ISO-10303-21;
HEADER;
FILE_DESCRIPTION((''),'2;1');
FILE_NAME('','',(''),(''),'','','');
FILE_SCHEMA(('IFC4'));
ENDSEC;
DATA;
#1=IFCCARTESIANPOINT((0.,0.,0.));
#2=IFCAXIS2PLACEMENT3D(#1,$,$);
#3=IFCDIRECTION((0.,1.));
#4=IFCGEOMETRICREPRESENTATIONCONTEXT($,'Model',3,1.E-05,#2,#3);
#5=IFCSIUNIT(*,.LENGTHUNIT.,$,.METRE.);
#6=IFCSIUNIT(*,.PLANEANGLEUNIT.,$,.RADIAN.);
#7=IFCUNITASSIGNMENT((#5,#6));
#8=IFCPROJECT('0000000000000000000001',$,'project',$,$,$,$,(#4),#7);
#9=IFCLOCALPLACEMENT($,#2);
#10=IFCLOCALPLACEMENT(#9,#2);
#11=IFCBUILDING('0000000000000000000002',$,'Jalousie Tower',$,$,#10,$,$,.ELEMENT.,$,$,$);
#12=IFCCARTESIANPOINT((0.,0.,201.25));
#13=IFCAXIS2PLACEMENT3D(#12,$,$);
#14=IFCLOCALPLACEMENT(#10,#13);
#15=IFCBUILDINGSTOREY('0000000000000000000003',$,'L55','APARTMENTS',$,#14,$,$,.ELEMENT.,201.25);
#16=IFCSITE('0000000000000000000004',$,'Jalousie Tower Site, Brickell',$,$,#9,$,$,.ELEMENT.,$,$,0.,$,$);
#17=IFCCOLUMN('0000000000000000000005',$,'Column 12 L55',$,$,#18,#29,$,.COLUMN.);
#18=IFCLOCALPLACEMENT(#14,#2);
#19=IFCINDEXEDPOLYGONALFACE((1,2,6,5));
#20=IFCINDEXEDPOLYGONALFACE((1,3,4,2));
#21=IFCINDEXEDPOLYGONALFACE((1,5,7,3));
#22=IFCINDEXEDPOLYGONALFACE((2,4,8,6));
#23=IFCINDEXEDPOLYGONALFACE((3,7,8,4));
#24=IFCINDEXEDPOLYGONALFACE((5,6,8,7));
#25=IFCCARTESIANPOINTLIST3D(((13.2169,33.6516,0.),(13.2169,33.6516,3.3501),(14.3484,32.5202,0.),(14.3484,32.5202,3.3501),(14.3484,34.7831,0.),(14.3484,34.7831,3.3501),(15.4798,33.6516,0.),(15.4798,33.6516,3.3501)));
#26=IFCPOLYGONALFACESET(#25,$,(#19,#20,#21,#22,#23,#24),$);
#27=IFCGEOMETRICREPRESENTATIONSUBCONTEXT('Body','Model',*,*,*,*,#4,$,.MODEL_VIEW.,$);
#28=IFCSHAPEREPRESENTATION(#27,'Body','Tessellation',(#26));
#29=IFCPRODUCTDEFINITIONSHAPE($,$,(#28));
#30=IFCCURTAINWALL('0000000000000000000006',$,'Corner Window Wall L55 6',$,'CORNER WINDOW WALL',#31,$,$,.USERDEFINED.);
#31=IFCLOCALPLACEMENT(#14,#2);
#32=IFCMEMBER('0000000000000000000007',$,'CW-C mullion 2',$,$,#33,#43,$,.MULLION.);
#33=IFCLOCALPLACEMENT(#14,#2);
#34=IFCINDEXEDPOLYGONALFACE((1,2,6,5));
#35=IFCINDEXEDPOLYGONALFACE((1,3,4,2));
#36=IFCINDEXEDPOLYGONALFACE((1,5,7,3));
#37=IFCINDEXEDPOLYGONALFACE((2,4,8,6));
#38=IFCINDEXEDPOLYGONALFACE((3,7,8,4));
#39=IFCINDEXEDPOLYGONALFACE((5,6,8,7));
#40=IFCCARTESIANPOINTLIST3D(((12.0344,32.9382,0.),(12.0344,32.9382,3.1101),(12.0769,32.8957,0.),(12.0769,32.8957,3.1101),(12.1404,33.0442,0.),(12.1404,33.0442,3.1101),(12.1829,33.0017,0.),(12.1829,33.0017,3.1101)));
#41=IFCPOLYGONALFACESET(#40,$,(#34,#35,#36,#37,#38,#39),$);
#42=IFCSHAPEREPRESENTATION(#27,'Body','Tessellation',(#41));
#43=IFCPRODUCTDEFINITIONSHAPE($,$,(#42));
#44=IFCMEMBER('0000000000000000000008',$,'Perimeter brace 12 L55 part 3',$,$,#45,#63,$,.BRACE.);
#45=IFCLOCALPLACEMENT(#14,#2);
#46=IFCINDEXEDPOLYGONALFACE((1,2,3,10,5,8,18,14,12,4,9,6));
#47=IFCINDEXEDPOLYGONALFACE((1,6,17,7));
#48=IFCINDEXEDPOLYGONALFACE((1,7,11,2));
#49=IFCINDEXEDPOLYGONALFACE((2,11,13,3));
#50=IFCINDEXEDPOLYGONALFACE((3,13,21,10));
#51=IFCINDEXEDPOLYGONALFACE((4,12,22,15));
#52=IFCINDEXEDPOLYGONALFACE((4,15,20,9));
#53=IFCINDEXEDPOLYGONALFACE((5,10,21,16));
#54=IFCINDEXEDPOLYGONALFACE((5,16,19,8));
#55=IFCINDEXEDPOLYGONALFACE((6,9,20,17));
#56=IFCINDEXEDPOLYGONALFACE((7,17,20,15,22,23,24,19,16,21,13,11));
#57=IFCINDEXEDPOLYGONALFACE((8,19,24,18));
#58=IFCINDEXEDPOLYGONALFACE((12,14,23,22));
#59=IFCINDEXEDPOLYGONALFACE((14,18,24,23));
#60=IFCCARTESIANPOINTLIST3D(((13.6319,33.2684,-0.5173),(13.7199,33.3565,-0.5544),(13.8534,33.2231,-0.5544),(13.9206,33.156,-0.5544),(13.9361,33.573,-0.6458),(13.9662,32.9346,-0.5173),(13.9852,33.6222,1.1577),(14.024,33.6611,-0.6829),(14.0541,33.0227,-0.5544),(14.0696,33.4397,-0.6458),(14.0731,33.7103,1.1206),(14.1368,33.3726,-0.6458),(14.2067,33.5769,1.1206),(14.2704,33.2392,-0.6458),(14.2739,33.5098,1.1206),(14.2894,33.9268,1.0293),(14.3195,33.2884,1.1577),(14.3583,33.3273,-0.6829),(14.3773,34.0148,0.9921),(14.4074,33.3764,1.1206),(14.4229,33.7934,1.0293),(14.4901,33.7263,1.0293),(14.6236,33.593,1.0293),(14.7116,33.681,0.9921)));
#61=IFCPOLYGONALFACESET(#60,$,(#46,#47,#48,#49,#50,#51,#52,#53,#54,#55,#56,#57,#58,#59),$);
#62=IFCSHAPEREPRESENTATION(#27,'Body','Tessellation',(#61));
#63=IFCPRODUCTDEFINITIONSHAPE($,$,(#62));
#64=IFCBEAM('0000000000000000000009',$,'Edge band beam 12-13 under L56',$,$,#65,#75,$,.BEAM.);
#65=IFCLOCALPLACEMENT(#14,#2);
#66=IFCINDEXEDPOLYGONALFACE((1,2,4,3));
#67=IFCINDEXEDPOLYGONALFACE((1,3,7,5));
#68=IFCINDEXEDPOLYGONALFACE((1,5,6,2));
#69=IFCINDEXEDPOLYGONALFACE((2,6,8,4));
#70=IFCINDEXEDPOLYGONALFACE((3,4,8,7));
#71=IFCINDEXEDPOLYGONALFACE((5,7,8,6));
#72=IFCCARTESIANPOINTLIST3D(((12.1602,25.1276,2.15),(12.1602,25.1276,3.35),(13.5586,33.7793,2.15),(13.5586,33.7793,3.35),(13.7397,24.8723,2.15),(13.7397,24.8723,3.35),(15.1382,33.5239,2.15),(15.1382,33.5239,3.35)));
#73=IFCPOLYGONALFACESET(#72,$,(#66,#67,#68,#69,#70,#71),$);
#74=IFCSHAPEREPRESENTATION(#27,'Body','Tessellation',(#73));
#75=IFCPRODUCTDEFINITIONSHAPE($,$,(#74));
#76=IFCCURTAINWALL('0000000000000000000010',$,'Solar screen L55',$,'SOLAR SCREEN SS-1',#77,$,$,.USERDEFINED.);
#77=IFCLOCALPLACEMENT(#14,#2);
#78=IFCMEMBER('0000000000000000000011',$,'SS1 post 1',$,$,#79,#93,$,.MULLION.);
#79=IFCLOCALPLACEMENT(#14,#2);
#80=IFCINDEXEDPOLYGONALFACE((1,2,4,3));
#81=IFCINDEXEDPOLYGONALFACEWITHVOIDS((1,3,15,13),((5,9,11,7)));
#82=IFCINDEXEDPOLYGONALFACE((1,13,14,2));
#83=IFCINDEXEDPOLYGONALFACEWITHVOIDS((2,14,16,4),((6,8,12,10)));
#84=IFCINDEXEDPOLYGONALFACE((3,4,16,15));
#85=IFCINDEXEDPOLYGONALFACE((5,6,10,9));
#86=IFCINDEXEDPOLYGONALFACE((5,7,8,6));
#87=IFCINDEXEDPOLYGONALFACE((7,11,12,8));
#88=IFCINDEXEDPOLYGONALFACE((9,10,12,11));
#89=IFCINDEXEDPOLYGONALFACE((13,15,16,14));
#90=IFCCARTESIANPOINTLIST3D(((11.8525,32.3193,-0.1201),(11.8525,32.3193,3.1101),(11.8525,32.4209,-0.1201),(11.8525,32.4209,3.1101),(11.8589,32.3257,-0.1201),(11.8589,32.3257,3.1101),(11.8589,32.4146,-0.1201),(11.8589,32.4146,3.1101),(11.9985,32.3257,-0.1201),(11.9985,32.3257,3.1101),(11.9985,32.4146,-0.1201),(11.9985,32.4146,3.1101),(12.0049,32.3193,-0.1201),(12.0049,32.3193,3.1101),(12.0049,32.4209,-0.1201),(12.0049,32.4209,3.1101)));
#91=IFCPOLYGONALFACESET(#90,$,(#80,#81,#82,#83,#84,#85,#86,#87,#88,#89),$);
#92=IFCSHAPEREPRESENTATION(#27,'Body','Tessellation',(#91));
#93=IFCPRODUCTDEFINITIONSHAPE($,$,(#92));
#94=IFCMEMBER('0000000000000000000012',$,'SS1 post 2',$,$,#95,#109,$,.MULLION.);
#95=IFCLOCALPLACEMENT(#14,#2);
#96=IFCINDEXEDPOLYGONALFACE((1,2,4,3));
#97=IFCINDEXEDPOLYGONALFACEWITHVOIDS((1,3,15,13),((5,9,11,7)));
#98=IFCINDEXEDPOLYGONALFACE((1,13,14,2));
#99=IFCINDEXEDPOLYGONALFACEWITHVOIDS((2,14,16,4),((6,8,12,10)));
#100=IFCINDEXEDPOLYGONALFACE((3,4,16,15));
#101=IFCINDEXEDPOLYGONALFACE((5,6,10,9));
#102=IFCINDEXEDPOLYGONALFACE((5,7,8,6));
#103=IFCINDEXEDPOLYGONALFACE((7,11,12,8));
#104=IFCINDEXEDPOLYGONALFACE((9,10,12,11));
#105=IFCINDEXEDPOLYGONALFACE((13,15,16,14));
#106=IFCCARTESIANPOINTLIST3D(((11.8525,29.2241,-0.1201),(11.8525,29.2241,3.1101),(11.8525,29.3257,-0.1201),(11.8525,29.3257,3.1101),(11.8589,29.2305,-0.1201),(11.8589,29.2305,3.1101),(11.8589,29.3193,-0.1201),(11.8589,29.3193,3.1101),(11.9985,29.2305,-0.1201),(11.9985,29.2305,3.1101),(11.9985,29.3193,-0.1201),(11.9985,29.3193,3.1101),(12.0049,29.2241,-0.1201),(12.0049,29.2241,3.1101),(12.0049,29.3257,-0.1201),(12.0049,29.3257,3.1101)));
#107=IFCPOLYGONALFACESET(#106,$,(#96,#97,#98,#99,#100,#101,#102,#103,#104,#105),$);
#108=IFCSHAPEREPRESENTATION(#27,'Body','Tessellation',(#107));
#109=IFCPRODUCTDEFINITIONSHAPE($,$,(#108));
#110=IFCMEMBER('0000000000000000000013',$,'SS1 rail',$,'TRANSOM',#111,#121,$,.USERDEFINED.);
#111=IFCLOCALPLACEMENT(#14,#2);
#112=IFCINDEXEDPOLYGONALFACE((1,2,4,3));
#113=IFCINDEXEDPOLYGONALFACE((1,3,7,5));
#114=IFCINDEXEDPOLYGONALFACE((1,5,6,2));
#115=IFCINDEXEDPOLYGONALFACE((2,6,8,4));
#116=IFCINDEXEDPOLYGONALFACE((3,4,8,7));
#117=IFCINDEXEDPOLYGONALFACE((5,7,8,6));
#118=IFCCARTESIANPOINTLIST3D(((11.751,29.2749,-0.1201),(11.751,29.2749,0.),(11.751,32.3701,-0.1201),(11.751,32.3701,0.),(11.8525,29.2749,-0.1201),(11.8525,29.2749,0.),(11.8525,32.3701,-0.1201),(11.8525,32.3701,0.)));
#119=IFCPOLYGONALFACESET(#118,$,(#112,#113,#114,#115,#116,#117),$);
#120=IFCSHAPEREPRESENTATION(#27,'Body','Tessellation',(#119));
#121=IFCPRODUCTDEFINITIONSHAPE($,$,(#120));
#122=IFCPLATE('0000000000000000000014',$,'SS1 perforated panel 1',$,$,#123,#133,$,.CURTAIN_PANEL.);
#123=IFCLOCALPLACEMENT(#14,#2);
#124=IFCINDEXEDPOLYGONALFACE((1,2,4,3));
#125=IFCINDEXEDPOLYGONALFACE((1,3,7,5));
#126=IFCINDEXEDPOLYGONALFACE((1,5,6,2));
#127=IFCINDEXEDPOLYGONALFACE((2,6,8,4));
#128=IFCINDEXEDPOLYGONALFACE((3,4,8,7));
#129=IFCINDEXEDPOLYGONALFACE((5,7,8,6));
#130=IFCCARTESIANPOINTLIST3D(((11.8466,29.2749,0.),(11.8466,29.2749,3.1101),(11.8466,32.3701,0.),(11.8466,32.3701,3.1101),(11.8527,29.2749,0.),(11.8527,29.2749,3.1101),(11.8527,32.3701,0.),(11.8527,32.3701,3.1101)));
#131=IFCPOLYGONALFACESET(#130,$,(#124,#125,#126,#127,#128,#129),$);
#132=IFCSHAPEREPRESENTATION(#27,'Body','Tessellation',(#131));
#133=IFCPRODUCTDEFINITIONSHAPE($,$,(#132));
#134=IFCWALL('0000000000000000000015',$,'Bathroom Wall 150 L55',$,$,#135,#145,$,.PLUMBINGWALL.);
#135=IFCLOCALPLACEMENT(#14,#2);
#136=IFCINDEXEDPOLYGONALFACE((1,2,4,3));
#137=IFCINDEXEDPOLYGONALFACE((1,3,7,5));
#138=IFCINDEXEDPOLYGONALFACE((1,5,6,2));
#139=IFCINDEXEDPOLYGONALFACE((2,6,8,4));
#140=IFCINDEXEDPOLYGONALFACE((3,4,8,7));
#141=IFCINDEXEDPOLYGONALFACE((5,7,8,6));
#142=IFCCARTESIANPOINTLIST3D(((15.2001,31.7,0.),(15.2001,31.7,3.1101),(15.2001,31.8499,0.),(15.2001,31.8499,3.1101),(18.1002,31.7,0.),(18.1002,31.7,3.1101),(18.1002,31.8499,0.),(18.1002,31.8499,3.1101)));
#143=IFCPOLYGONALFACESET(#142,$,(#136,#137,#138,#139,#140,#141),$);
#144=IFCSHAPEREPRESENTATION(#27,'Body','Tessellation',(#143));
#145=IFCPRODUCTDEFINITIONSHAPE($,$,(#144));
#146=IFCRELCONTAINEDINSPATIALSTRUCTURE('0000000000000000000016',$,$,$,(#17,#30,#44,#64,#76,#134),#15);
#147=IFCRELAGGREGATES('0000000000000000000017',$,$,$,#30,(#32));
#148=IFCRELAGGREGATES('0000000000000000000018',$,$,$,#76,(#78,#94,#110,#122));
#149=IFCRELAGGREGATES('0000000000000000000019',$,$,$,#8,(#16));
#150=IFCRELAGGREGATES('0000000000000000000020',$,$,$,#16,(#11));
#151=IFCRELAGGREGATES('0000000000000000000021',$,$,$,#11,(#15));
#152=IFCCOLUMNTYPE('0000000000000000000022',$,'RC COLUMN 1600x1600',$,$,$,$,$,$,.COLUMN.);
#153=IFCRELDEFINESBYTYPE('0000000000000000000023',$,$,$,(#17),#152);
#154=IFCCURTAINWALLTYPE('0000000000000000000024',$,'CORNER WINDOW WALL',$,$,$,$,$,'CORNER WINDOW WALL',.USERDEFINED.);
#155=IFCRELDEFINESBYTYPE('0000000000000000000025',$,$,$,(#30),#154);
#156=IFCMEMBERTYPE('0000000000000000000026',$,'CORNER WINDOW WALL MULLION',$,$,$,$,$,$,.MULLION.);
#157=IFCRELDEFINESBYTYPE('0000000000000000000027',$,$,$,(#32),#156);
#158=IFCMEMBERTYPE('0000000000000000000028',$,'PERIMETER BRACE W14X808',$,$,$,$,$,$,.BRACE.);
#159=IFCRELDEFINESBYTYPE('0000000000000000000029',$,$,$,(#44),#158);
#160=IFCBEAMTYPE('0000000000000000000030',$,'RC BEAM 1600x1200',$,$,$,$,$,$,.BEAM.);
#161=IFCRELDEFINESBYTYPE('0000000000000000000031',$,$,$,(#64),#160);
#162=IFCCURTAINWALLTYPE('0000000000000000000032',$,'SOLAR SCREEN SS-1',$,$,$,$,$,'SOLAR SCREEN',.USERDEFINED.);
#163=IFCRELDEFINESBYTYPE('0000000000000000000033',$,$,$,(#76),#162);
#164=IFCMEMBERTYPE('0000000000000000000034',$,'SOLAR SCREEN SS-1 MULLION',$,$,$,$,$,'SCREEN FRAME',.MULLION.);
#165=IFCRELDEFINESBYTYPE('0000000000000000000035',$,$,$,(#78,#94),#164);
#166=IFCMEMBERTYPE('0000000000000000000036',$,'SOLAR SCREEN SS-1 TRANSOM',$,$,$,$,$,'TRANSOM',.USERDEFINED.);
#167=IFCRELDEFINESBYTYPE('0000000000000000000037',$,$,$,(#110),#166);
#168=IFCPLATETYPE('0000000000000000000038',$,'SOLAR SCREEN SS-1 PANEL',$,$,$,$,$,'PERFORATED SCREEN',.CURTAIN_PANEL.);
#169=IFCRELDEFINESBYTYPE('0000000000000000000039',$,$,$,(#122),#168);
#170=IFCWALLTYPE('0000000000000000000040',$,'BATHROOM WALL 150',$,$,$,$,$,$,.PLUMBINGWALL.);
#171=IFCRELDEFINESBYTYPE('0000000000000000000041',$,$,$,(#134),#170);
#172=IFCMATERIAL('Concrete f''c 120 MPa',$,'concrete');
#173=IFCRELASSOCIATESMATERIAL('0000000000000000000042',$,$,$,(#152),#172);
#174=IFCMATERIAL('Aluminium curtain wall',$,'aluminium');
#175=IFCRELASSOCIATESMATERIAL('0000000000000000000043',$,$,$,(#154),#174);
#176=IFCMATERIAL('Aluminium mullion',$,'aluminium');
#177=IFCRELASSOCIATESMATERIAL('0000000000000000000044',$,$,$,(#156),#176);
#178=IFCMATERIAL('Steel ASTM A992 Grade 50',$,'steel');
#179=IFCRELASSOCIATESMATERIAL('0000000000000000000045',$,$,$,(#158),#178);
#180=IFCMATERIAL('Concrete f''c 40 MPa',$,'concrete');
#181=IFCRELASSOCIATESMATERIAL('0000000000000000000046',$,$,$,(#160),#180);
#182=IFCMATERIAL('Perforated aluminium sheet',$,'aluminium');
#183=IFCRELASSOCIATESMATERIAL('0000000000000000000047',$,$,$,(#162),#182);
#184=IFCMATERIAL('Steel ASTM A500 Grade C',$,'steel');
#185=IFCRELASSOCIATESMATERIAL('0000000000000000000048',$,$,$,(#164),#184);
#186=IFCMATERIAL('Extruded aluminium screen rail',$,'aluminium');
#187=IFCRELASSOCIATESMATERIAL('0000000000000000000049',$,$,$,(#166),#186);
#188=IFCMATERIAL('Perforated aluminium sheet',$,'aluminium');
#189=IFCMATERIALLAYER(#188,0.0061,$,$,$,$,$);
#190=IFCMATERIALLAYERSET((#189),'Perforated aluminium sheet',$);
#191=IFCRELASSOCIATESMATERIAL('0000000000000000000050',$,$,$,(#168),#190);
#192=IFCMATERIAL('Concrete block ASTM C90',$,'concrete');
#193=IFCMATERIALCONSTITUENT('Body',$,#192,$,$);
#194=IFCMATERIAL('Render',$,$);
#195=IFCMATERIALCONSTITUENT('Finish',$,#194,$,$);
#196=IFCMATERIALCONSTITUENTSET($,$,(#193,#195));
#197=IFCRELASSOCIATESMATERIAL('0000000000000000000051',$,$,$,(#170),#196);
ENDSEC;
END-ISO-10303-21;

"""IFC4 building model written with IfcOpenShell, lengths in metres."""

from ifc_helpers import new_model, si_unit, direction, frame, frame_2d, origin, origin_2d, place, context, subcontext, project, spatial, rectangle, hollow_rectangle, i_section, extrude, material, layer, layer_set, constituent, constituent_set, material_profile, profile_set, type_object, element, aggregate, save


model = new_model("IFC4")

# Units and contexts
model_context = context("Model", 3, precision=1e-05, world=origin(), true_north=direction((0.0, 1.0)))
body_context = subcontext(model_context, "Body", "Model", "MODEL_VIEW")
ifc_project = project(units=[si_unit("LENGTHUNIT", "METRE"), si_unit("PLANEANGLEUNIT", "RADIAN")], contexts=[model_context])

# Site, building, storey
site_placement = place(None, origin())
site = spatial("IfcSite", under=ifc_project, at=site_placement, Name="Jalousie Tower Site, Brickell", CompositionType="ELEMENT", RefElevation=0.0)
building_placement = place(site_placement, origin())
building = spatial("IfcBuilding", under=site, at=building_placement, Name="Jalousie Tower", CompositionType="ELEMENT")
storey_placement = place(building_placement, frame((0.0, 0.0, 201.25)))
storey = spatial("IfcBuildingStorey", under=building, at=storey_placement, Name="L55", Description="APARTMENTS", CompositionType="ELEMENT", Elevation=201.25)

# Column
ifc_material_1 = material(Name="Concrete f'c 120 MPa", Category="concrete")
ifc_material_profile_1 = material_profile(ifc_material_1, rectangle(XDim=1.6001, YDim=1.6001, at=origin_2d()), Name="RC 1600x1600")
ifc_profile_set_1 = profile_set([ifc_material_profile_1], Name="Concrete f'c 120 MPa")
column_type = type_object("IfcColumnType", Name="RC COLUMN 1600x1600", PredefinedType="COLUMN", material=ifc_profile_set_1)
column_placement = place(storey_placement, frame((14.3484, 33.6516, 0.0), z_axis=(0.0, 0.0, 1.0), x_axis=(0.707107, 0.707107, 0.0)))
element("IfcColumn", 1, at=column_placement, inside=storey, type_object=column_type, Name="Column 12 L55", PredefinedType="COLUMN", context=body_context, shape_type="SweptSolid", body=[
    extrude(rectangle(XDim=1.6001, YDim=1.6001, at=origin_2d()), origin(), (0.0, 0.0, 1.0), 3.3501),
])

# Curtain wall, member
ifc_material_2 = material(Name="Aluminium curtain wall", Category="aluminium")
curtain_wall_type_1 = type_object("IfcCurtainWallType", Name="CORNER WINDOW WALL", ElementType="CORNER WINDOW WALL", PredefinedType="USERDEFINED", material=ifc_material_2)
curtain_wall_1_placement = place(storey_placement, origin())
curtain_wall_1 = element("IfcCurtainWall", 2, at=curtain_wall_1_placement, inside=storey, type_object=curtain_wall_type_1, Name="Corner Window Wall L55 6", ObjectType="CORNER WINDOW WALL", PredefinedType="USERDEFINED")
ifc_material_3 = material(Name="Aluminium mullion", Category="aluminium")
ifc_material_profile_2 = material_profile(ifc_material_3, rectangle(XDim=0.0601, YDim=0.1499, at=origin_2d()), Name="MULLION 60x150")
ifc_profile_set_2 = profile_set([ifc_material_profile_2], Name="Aluminium mullion")
member_type_1 = type_object("IfcMemberType", Name="CORNER WINDOW WALL MULLION", PredefinedType="MULLION", material=ifc_profile_set_2)
member_1_placement = place(storey_placement, frame((12.1086, 32.97, 0.0), z_axis=(0.0, 0.0, 1.0), x_axis=(0.707107, -0.707107, 0.0)))
member_1 = element("IfcMember", 3, at=member_1_placement, type_object=member_type_1, Name="CW-C mullion 2", PredefinedType="MULLION", context=body_context, shape_type="SweptSolid", body=[
    extrude(rectangle(XDim=0.0601, YDim=0.1499, at=origin_2d()), origin(), (0.0, 0.0, 1.0), 3.1101),
])
aggregate(curtain_wall_1, [member_1])

# Member
ifc_material_4 = material(Name="Steel ASTM A992 Grade 50", Category="steel")
ifc_material_profile_3 = material_profile(ifc_material_4, i_section(OverallWidth=0.4724, OverallDepth=0.5791, WebThickness=0.095, FlangeThickness=0.1299, at=origin_2d()), Name="W14X808")
ifc_profile_set_3 = profile_set([ifc_material_profile_3], Name="Steel ASTM A992 Grade 50")
member_type_2 = type_object("IfcMemberType", Name="PERIMETER BRACE W14X808", PredefinedType="BRACE", material=ifc_profile_set_3)
member_2_placement = place(storey_placement, frame((13.9951, 33.2979, -0.6001), z_axis=(0.202093, 0.202372, 0.95823), x_axis=(-0.707595, 0.706618, 0.0)))
element("IfcMember", 4, at=member_2_placement, inside=storey, type_object=member_type_2, Name="Perimeter brace 12 L55 part 3", PredefinedType="BRACE", context=body_context, shape_type="SweptSolid", body=[
    extrude(i_section(OverallWidth=0.4724, OverallDepth=0.5791, WebThickness=0.095, FlangeThickness=0.1299, at=origin_2d()), origin(), (0.0, 0.0, 1.0), 1.748),
])

# Beam
ifc_material_5 = material(Name="Concrete f'c 40 MPa", Category="concrete")
ifc_material_profile_4 = material_profile(ifc_material_5, rectangle(XDim=1.6001, YDim=1.2, at=origin_2d()), Name="RC 1600x1200")
ifc_profile_set_4 = profile_set([ifc_material_profile_4], Name="Concrete f'c 40 MPa")
beam_type = type_object("IfcBeamType", Name="RC BEAM 1600x1200", PredefinedType="BEAM", material=ifc_profile_set_4)
beam_placement = place(storey_placement, frame((14.3484, 33.6516, 2.75), z_axis=(-0.159568, -0.987187, 0.0), x_axis=(0.987187, -0.159568, 0.0)))
element("IfcBeam", 5, at=beam_placement, inside=storey, type_object=beam_type, Name="Edge band beam 12-13 under L56", PredefinedType="BEAM", context=body_context, shape_type="SweptSolid", body=[
    extrude(rectangle(XDim=1.6001, YDim=1.2, at=origin_2d()), origin(), (0.0, 0.0, 1.0), 8.7639),
])

# Curtain wall, members, plate
ifc_material_6 = material(Name="Perforated aluminium sheet", Category="aluminium")
curtain_wall_type_2 = type_object("IfcCurtainWallType", Name="SOLAR SCREEN SS-1", ElementType="SOLAR SCREEN", PredefinedType="USERDEFINED", material=ifc_material_6)
curtain_wall_2_placement = place(storey_placement, origin())
curtain_wall_2 = element("IfcCurtainWall", 6, at=curtain_wall_2_placement, inside=storey, type_object=curtain_wall_type_2, Name="Solar screen L55", ObjectType="SOLAR SCREEN SS-1", PredefinedType="USERDEFINED")
ifc_material_7 = material(Name="Steel ASTM A500 Grade C", Category="steel")
ifc_material_profile_5 = material_profile(ifc_material_7, hollow_rectangle(XDim=0.1016, YDim=0.1523, WallThickness=0.0063, at=origin_2d()), Name="HSS6X4X1/4")
ifc_profile_set_5 = profile_set([ifc_material_profile_5], Name="Steel ASTM A500 Grade C")
member_type_3 = type_object("IfcMemberType", Name="SOLAR SCREEN SS-1 MULLION", ElementType="SCREEN FRAME", PredefinedType="MULLION", material=ifc_profile_set_5)
member_3_placement = place(storey_placement, frame((11.9287, 32.3701, -0.1201), z_axis=(0.0, 0.0, 1.0), x_axis=(0.0, -1.0, 0.0)))
member_3 = element("IfcMember", 7, at=member_3_placement, type_object=member_type_3, Name="SS1 post 1", PredefinedType="MULLION", context=body_context, shape_type="SweptSolid", body=[
    extrude(hollow_rectangle(XDim=0.1016, YDim=0.1523, WallThickness=0.0063, at=origin_2d()), origin(), (0.0, 0.0, 1.0), 3.2302),
])
member_4_placement = place(storey_placement, frame((11.9287, 29.2749, -0.1201), z_axis=(0.0, 0.0, 1.0), x_axis=(0.0, -1.0, 0.0)))
member_4 = element("IfcMember", 8, at=member_4_placement, type_object=member_type_3, Name="SS1 post 2", PredefinedType="MULLION", context=body_context, shape_type="SweptSolid", body=[
    extrude(hollow_rectangle(XDim=0.1016, YDim=0.1523, WallThickness=0.0063, at=origin_2d()), origin(), (0.0, 0.0, 1.0), 3.2302),
])
ifc_material_8 = material(Name="Extruded aluminium screen rail", Category="aluminium")
ifc_material_profile_6 = material_profile(ifc_material_8, rectangle(XDim=0.1016, YDim=0.1201, at=origin_2d()), Name="RAIL 102x120")
ifc_profile_set_6 = profile_set([ifc_material_profile_6], Name="Extruded aluminium screen rail")
member_type_4 = type_object("IfcMemberType", Name="SOLAR SCREEN SS-1 TRANSOM", ElementType="TRANSOM", PredefinedType="USERDEFINED", material=ifc_profile_set_6)
member_5_placement = place(storey_placement, frame((11.8018, 32.3701, -0.0601), z_axis=(0.0, -1.0, 0.0), x_axis=(1.0, 0.0, 0.0)))
member_5 = element("IfcMember", 9, at=member_5_placement, type_object=member_type_4, Name="SS1 rail", ObjectType="TRANSOM", PredefinedType="USERDEFINED", context=body_context, shape_type="SweptSolid", body=[
    extrude(rectangle(XDim=0.1016, YDim=0.1201, at=origin_2d()), origin(), (0.0, 0.0, 1.0), 3.0952),
])
ifc_material_9 = material(Name="Perforated aluminium sheet", Category="aluminium")
ifc_layer = layer(ifc_material_9, 0.0061)
ifc_layer_set = layer_set([ifc_layer], Name="Perforated aluminium sheet")
plate_type = type_object("IfcPlateType", Name="SOLAR SCREEN SS-1 PANEL", ElementType="PERFORATED SCREEN", PredefinedType="CURTAIN_PANEL", material=ifc_layer_set)
plate_placement = place(storey_placement, frame((11.8496, 30.8225, 0.0), z_axis=(0.0, 0.0, 1.0), x_axis=(0.0, -1.0, 0.0)))
plate = element("IfcPlate", 10, at=plate_placement, type_object=plate_type, Name="SS1 perforated panel 1", PredefinedType="CURTAIN_PANEL", context=body_context, shape_type="SweptSolid", body=[
    extrude(rectangle(XDim=3.0952, YDim=0.0061, at=origin_2d()), origin(), (0.0, 0.0, 1.0), 3.1101),
])
aggregate(curtain_wall_2, [member_3, member_4, member_5, plate])

# Wall
ifc_material_10 = material(Name="Concrete block ASTM C90", Category="concrete")
ifc_constituent_1 = constituent(ifc_material_10, Name="Body")
ifc_material_11 = material(Name="Render")
ifc_constituent_2 = constituent(ifc_material_11, Name="Finish")
ifc_constituent_set_1 = constituent_set(constituents=[ifc_constituent_1, ifc_constituent_2])
wall_type_1 = type_object("IfcWallType", Name="BATHROOM WALL 150", PredefinedType="PLUMBINGWALL", material=ifc_constituent_set_1)
wall_1_placement = place(storey_placement, frame((15.2, 31.7749, 0.0), z_axis=(0.0, 0.0, 1.0), x_axis=(1.0, 0.0, 0.0)))
element("IfcWall", 11, at=wall_1_placement, inside=storey, type_object=wall_type_1, Name="Bathroom Wall 150 L55", PredefinedType="PLUMBINGWALL", context=body_context, shape_type="SweptSolid", body=[
    extrude(rectangle(XDim=2.9001, YDim=0.1499, at=frame_2d((1.4502, 0.0))), origin(), (0.0, 0.0, 1.0), 3.1101),
])

save(model, "model.ifc")
